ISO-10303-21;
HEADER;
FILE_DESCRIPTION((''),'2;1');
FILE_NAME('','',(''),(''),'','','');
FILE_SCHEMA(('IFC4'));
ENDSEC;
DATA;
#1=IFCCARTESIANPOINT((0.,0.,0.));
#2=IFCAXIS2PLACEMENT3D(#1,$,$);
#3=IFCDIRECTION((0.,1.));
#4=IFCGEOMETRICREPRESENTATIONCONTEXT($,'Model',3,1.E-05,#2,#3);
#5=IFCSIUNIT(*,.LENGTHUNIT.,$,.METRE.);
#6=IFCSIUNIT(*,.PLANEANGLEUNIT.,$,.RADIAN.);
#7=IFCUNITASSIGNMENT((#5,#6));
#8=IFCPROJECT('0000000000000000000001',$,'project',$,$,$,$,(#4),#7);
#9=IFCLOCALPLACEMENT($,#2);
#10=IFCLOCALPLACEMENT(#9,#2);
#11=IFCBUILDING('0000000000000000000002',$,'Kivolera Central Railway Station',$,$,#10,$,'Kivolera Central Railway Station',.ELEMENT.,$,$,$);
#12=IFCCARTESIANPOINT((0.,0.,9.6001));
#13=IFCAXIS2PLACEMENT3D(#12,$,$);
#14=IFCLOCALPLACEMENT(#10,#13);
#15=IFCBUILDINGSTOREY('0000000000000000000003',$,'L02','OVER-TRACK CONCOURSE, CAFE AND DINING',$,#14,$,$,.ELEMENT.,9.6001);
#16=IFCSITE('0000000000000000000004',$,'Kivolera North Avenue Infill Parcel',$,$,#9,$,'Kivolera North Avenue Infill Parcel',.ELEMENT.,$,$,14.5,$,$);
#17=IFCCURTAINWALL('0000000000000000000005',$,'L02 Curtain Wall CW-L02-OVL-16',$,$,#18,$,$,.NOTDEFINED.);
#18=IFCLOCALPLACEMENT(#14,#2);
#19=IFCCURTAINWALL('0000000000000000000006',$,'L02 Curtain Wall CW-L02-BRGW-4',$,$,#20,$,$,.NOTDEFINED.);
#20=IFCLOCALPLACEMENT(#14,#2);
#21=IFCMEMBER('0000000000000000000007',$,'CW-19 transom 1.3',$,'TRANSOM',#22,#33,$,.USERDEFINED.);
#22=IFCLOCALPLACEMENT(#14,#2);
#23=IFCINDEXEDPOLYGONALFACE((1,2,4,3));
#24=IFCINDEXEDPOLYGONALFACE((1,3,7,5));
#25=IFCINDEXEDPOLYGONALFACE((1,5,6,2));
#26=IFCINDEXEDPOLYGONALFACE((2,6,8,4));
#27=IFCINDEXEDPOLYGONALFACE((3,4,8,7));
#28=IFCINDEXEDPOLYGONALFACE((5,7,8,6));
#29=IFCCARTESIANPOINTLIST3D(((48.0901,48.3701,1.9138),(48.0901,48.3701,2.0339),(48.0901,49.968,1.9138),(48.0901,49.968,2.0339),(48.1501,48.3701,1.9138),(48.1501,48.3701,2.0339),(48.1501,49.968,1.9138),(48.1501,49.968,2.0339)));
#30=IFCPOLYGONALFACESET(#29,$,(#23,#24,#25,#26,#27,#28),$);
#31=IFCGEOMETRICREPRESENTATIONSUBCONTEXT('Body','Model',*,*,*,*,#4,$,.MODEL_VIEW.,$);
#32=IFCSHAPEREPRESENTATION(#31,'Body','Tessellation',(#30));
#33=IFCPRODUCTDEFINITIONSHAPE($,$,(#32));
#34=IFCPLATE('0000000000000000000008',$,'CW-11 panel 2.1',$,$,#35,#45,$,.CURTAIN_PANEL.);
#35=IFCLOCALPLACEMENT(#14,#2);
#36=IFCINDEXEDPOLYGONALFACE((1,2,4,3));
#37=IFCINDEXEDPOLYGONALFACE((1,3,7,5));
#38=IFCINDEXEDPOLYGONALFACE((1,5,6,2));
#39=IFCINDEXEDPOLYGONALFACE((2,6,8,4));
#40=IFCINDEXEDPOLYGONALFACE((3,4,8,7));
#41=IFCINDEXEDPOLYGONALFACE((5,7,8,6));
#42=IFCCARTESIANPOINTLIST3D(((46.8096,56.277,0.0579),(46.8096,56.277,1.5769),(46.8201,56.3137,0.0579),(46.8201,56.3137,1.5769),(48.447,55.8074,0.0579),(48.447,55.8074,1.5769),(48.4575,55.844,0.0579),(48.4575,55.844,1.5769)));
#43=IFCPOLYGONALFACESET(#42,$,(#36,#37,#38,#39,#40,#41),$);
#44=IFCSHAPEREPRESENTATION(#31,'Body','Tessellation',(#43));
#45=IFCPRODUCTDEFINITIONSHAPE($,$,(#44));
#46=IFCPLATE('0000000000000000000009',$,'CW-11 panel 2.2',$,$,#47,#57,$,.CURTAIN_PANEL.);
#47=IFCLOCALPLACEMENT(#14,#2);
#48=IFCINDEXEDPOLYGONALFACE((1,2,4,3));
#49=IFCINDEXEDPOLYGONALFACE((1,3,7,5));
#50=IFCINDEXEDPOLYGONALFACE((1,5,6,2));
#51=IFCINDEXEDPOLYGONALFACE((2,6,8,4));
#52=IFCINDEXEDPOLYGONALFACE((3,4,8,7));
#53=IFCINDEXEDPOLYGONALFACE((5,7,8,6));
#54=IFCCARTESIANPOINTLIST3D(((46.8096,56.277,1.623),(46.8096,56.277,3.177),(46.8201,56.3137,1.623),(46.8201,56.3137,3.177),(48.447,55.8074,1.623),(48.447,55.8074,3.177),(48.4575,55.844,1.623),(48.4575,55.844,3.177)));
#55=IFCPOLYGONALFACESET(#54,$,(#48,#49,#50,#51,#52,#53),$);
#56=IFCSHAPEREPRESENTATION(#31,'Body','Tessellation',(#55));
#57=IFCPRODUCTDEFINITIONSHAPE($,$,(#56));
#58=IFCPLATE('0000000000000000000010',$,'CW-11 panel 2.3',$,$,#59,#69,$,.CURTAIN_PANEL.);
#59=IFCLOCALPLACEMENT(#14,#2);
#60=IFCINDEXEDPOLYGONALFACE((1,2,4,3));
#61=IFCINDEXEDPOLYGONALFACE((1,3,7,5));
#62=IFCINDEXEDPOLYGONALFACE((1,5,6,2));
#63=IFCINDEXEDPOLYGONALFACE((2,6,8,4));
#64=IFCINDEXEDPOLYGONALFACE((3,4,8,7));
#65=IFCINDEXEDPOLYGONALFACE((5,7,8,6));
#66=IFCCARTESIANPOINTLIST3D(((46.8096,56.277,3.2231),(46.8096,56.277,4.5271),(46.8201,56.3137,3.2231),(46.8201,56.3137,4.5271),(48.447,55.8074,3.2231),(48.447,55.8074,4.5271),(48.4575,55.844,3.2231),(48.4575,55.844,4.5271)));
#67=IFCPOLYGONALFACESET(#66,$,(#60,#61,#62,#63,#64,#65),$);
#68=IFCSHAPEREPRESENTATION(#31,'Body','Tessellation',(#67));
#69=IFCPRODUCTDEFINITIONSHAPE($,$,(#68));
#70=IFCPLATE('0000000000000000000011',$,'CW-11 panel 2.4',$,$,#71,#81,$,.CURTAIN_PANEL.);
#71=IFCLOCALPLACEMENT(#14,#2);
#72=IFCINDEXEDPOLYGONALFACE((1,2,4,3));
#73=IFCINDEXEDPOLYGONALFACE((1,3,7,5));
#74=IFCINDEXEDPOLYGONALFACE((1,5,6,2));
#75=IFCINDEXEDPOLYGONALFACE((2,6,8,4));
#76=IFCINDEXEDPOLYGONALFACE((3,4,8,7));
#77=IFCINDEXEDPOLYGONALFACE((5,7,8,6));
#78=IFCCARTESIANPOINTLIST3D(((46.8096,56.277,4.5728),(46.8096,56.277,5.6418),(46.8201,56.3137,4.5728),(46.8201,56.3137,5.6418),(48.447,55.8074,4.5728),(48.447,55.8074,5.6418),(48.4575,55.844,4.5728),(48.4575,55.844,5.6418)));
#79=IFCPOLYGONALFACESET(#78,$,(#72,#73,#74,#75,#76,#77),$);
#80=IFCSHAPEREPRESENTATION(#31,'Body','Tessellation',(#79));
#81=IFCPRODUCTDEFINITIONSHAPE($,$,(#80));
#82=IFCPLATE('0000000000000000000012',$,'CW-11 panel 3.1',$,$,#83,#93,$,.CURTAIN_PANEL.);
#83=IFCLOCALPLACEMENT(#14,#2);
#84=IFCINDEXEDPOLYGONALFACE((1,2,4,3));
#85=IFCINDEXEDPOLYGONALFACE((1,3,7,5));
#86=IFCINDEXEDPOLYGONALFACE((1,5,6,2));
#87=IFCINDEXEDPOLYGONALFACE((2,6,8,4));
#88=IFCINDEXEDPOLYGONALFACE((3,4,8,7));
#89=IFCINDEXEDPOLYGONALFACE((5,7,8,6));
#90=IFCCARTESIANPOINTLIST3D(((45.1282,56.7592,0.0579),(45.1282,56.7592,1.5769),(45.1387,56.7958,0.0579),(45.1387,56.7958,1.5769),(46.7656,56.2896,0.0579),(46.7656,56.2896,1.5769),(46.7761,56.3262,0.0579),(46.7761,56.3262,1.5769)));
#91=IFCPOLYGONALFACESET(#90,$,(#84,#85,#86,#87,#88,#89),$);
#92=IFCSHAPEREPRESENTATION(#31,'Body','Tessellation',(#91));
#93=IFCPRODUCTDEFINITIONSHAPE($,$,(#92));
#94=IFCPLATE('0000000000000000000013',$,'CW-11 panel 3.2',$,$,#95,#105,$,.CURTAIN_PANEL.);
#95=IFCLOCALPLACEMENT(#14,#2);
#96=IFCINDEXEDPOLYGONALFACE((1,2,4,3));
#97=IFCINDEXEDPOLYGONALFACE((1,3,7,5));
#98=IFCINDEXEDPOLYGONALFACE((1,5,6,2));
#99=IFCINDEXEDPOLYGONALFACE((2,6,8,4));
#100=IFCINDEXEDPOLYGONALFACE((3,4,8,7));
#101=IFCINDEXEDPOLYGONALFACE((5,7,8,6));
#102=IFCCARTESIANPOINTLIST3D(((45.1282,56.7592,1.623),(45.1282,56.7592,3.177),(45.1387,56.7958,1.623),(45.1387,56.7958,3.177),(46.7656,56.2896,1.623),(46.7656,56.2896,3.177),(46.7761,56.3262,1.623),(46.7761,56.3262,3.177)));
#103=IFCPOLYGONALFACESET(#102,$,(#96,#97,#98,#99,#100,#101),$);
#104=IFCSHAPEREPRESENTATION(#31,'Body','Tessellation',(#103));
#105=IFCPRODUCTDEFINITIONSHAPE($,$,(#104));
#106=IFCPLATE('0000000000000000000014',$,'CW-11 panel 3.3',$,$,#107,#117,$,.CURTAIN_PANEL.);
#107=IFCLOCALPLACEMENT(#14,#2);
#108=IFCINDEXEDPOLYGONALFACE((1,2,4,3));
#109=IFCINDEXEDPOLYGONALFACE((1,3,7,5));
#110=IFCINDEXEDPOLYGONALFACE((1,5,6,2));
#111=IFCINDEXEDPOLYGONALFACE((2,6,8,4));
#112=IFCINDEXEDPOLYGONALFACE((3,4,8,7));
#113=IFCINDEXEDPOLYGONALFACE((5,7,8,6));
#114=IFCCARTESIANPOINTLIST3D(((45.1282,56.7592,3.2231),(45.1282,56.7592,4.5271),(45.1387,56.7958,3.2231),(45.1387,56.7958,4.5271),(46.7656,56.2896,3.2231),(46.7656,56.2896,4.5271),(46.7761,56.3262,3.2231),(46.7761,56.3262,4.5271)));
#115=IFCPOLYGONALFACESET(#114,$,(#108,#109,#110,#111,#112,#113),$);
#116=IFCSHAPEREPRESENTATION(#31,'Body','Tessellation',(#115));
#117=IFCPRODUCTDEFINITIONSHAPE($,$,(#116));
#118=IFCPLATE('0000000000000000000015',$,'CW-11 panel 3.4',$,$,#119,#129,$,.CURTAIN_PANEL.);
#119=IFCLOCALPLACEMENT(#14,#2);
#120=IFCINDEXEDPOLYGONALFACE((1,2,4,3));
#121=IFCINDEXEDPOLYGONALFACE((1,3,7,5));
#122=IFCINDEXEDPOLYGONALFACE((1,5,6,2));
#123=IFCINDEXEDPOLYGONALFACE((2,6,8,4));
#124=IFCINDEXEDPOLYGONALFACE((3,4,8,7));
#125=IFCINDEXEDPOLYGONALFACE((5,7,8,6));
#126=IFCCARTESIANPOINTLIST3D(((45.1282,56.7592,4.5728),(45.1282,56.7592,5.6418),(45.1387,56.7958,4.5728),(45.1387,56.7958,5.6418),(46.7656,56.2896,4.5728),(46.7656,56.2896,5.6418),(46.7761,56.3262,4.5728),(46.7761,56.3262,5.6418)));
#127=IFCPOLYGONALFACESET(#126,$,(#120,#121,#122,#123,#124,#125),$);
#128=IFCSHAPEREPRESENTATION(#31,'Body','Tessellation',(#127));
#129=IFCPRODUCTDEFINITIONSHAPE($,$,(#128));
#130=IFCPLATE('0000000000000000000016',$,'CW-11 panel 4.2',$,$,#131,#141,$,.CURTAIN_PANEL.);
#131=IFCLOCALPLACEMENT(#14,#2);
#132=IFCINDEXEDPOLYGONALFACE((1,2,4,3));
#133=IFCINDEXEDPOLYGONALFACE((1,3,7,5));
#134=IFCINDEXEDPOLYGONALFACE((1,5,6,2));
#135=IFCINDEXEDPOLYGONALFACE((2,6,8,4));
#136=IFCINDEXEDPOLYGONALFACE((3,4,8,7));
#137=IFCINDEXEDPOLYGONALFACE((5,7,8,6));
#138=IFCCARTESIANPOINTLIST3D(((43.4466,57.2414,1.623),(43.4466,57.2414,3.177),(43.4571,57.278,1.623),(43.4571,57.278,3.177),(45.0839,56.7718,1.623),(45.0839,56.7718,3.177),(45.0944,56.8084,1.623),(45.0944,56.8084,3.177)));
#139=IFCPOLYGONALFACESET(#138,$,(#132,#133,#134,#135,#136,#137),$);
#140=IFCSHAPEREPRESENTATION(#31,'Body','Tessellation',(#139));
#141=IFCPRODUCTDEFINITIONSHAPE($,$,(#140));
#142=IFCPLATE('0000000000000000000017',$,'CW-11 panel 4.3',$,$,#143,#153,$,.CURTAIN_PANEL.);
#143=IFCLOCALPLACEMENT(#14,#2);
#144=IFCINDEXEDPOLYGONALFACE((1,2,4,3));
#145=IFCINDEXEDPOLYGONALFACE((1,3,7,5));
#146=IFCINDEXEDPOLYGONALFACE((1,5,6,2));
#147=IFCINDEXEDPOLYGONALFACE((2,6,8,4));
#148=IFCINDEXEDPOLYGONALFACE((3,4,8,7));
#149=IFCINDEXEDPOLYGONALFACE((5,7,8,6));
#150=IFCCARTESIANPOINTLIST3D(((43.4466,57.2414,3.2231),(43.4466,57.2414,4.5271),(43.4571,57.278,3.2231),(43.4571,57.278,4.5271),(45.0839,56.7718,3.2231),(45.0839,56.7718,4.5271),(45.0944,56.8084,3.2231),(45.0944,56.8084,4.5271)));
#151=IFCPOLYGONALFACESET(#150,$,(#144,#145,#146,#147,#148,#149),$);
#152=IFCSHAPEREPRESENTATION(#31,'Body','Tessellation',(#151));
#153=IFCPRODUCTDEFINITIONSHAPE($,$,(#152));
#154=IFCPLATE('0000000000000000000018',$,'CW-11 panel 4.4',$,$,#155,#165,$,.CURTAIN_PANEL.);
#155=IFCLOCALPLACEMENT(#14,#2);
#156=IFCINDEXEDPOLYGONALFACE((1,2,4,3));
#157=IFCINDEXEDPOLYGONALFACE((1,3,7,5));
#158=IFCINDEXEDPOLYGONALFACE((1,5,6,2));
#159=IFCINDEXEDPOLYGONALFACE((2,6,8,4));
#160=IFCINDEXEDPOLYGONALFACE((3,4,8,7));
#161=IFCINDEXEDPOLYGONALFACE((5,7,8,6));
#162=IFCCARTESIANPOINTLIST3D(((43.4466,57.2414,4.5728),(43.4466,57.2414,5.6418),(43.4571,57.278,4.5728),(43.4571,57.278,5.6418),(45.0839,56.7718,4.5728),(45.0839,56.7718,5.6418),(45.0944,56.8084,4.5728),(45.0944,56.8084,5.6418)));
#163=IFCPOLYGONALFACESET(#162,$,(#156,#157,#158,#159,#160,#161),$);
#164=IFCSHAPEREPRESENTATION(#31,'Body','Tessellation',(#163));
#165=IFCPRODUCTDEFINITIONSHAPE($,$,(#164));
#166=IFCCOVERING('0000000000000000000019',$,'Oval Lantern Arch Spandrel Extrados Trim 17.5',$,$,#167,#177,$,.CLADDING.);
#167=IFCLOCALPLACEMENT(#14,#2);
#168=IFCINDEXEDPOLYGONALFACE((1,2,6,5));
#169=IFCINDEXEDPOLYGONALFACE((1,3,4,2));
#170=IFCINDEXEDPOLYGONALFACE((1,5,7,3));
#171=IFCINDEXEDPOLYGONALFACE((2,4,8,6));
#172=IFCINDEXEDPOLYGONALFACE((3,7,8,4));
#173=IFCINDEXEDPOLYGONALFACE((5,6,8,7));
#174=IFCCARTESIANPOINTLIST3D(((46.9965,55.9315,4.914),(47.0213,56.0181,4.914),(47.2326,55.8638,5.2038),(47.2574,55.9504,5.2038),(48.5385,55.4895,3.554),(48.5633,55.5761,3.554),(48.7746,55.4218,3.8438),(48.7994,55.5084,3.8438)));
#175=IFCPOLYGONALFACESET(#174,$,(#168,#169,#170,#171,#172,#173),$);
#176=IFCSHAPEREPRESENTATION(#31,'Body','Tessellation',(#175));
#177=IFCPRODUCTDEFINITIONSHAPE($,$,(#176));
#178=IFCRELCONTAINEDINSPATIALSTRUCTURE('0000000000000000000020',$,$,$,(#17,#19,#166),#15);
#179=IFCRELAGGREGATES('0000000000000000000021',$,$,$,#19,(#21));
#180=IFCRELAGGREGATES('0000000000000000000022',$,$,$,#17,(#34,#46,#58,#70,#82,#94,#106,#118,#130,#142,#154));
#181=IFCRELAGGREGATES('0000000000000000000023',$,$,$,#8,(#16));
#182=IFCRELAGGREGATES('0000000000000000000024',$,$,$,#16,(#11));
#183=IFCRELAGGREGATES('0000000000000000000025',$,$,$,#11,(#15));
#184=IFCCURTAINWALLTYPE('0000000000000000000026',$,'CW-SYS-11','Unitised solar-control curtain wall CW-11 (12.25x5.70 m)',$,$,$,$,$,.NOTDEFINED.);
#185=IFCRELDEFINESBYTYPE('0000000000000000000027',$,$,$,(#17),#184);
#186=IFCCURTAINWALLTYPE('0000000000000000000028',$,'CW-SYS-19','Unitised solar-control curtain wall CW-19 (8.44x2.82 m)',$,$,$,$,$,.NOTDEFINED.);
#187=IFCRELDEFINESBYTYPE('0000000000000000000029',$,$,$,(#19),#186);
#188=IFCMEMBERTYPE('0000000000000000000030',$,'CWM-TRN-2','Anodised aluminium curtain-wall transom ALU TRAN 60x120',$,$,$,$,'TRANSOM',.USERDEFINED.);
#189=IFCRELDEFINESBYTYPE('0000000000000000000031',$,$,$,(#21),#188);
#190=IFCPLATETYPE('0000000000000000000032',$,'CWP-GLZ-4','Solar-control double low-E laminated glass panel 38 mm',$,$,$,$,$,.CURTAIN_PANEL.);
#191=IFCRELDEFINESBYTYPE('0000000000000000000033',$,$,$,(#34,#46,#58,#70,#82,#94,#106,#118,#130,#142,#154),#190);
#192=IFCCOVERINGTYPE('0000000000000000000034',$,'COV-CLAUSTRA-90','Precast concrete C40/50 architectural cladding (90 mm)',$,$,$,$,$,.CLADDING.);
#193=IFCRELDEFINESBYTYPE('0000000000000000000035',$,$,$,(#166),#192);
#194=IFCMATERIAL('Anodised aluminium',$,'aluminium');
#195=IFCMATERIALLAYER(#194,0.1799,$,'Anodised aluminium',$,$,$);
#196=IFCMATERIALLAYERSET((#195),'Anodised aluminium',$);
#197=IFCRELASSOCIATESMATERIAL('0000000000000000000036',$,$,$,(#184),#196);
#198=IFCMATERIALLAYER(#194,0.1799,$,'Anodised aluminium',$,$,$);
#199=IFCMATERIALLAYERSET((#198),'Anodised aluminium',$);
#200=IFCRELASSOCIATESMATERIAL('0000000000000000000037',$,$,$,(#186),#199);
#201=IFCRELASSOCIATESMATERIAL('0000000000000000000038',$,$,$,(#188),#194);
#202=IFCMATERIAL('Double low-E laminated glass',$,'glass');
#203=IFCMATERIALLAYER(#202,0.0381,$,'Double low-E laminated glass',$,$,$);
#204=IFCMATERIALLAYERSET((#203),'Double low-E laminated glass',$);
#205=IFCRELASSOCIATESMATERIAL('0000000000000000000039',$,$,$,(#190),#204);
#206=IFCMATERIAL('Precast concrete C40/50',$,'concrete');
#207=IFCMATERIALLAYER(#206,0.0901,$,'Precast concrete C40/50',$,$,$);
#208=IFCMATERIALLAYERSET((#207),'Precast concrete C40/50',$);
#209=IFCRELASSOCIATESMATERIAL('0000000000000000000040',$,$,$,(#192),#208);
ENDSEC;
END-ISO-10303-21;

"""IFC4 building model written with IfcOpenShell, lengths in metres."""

from ifc_helpers import new_model, si_unit, direction, frame, origin, origin_2d, place, context, subcontext, project, spatial, rectangle, extrude, material, layer, layer_set, material_profile, profile_set, type_object, element, aggregate, save


model = new_model("IFC4")

# Units and contexts
model_context = context("Model", 3, precision=1e-05, world=origin(), true_north=direction((0.0, 1.0)))
body_context = subcontext(model_context, "Body", "Model", "MODEL_VIEW")
ifc_project = project(units=[si_unit("LENGTHUNIT", "METRE"), si_unit("PLANEANGLEUNIT", "RADIAN")], contexts=[model_context])

# Site, building, storey
site_placement = place(None, origin())
site = spatial("IfcSite", under=ifc_project, at=site_placement, Name="Kivolera North Avenue Infill Parcel", LongName="Kivolera North Avenue Infill Parcel", CompositionType="ELEMENT", RefElevation=14.5)
building_placement = place(site_placement, origin())
building = spatial("IfcBuilding", under=site, at=building_placement, Name="Kivolera Central Railway Station", LongName="Kivolera Central Railway Station", CompositionType="ELEMENT")
storey_placement = place(building_placement, frame((0.0, 0.0, 9.6001)))
storey = spatial("IfcBuildingStorey", under=building, at=storey_placement, Name="L02", Description="OVER-TRACK CONCOURSE, CAFE AND DINING", CompositionType="ELEMENT", Elevation=9.6001)

# Curtain wall
ifc_material_1 = material(Name="Anodised aluminium", Category="aluminium")
ifc_layer_1 = layer(ifc_material_1, 0.1799, Name="Anodised aluminium")
ifc_layer_set_1 = layer_set([ifc_layer_1], Name="Anodised aluminium")
curtain_wall_type_1 = type_object("IfcCurtainWallType", Name="CW-SYS-11", Description="Unitised solar-control curtain wall CW-11 (12.25x5.70 m)", PredefinedType="NOTDEFINED", material=ifc_layer_set_1)
curtain_wall_1_placement = place(storey_placement, origin())
curtain_wall_1 = element("IfcCurtainWall", 1, at=curtain_wall_1_placement, inside=storey, type_object=curtain_wall_type_1, Name="L02 Curtain Wall CW-L02-OVL-16", PredefinedType="NOTDEFINED")

# Curtain wall
ifc_layer_2 = layer(ifc_material_1, 0.1799, Name="Anodised aluminium")
ifc_layer_set_2 = layer_set([ifc_layer_2], Name="Anodised aluminium")
curtain_wall_type_2 = type_object("IfcCurtainWallType", Name="CW-SYS-19", Description="Unitised solar-control curtain wall CW-19 (8.44x2.82 m)", PredefinedType="NOTDEFINED", material=ifc_layer_set_2)
curtain_wall_2_placement = place(storey_placement, origin())
curtain_wall_2 = element("IfcCurtainWall", 2, at=curtain_wall_2_placement, inside=storey, type_object=curtain_wall_type_2, Name="L02 Curtain Wall CW-L02-BRGW-4", PredefinedType="NOTDEFINED")

# Member
ifc_material_profile_1 = material_profile(ifc_material_1, rectangle(XDim=0.0601, YDim=0.1201, at=origin_2d()), Name="ALU TRAN 60x120")
ifc_profile_set_1 = profile_set([ifc_material_profile_1], Name="Anodised aluminium")
member_type_1 = type_object("IfcMemberType", Name="CWM-TRN-2", Description="Anodised aluminium curtain-wall transom ALU TRAN 60x120", ElementType="TRANSOM", PredefinedType="USERDEFINED", material=ifc_profile_set_1)
member_1_placement = place(storey_placement, frame((48.1201, 48.3701, 1.9739), z_axis=(0.0, 1.0, 0.0), x_axis=(-1.0, 0.0, 0.0)))
member_1 = element("IfcMember", 3, at=member_1_placement, type_object=member_type_1, Name="CW-19 transom 1.3", ObjectType="TRANSOM", PredefinedType="USERDEFINED", context=body_context, shape_type="SweptSolid", body=[
    extrude(rectangle(XDim=0.0601, YDim=0.1201, at=origin_2d()), origin(), (0.0, 0.0, 1.0), 1.5979),
])
aggregate(curtain_wall_2, [member_1])

# Plates
ifc_material_2 = material(Name="Double low-E laminated glass", Category="glass")
ifc_layer_3 = layer(ifc_material_2, 0.0381, Name="Double low-E laminated glass")
ifc_layer_set_3 = layer_set([ifc_layer_3], Name="Double low-E laminated glass")
plate_type = type_object("IfcPlateType", Name="CWP-GLZ-4", Description="Solar-control double low-E laminated glass panel 38 mm", PredefinedType="CURTAIN_PANEL", material=ifc_layer_set_3)
plate_1_placement = place(storey_placement, frame((47.6335, 56.0605, 0.0579), z_axis=(0.0, 0.0, 1.0), x_axis=(-0.961246, 0.275692, 0.0)))
plate_1 = element("IfcPlate", 4, at=plate_1_placement, type_object=plate_type, Name="CW-11 panel 2.1", PredefinedType="CURTAIN_PANEL", context=body_context, shape_type="SweptSolid", body=[
    extrude(rectangle(XDim=1.7034, YDim=0.0381, at=origin_2d()), origin(), (0.0, 0.0, 1.0), 1.519),
])
plate_2_placement = place(storey_placement, frame((47.6335, 56.0605, 1.623), z_axis=(0.0, 0.0, 1.0), x_axis=(-0.961246, 0.275692, 0.0)))
plate_2 = element("IfcPlate", 5, at=plate_2_placement, type_object=plate_type, Name="CW-11 panel 2.2", PredefinedType="CURTAIN_PANEL", context=body_context, shape_type="SweptSolid", body=[
    extrude(rectangle(XDim=1.7034, YDim=0.0381, at=origin_2d()), origin(), (0.0, 0.0, 1.0), 1.554),
])
plate_3_placement = place(storey_placement, frame((47.6335, 56.0605, 3.2231), z_axis=(0.0, 0.0, 1.0), x_axis=(-0.961246, 0.275692, 0.0)))
plate_3 = element("IfcPlate", 6, at=plate_3_placement, type_object=plate_type, Name="CW-11 panel 2.3", PredefinedType="CURTAIN_PANEL", context=body_context, shape_type="SweptSolid", body=[
    extrude(rectangle(XDim=1.7034, YDim=0.0381, at=origin_2d()), origin(), (0.0, 0.0, 1.0), 1.304),
])
plate_4_placement = place(storey_placement, frame((47.6335, 56.0605, 4.5728), z_axis=(0.0, 0.0, 1.0), x_axis=(-0.961246, 0.275692, 0.0)))
plate_4 = element("IfcPlate", 7, at=plate_4_placement, type_object=plate_type, Name="CW-11 panel 2.4", PredefinedType="CURTAIN_PANEL", context=body_context, shape_type="SweptSolid", body=[
    extrude(rectangle(XDim=1.7034, YDim=0.0381, at=origin_2d()), origin(), (0.0, 0.0, 1.0), 1.0691),
])
plate_5_placement = place(storey_placement, frame((45.9521, 56.5427, 0.0579), z_axis=(0.0, 0.0, 1.0), x_axis=(-0.961246, 0.275692, 0.0)))
plate_5 = element("IfcPlate", 8, at=plate_5_placement, type_object=plate_type, Name="CW-11 panel 3.1", PredefinedType="CURTAIN_PANEL", context=body_context, shape_type="SweptSolid", body=[
    extrude(rectangle(XDim=1.7034, YDim=0.0381, at=origin_2d()), origin(), (0.0, 0.0, 1.0), 1.519),
])
plate_6_placement = place(storey_placement, frame((45.9521, 56.5427, 1.623), z_axis=(0.0, 0.0, 1.0), x_axis=(-0.961246, 0.275692, 0.0)))
plate_6 = element("IfcPlate", 9, at=plate_6_placement, type_object=plate_type, Name="CW-11 panel 3.2", PredefinedType="CURTAIN_PANEL", context=body_context, shape_type="SweptSolid", body=[
    extrude(rectangle(XDim=1.7034, YDim=0.0381, at=origin_2d()), origin(), (0.0, 0.0, 1.0), 1.554),
])
plate_7_placement = place(storey_placement, frame((45.9521, 56.5427, 3.2231), z_axis=(0.0, 0.0, 1.0), x_axis=(-0.961246, 0.275692, 0.0)))
plate_7 = element("IfcPlate", 10, at=plate_7_placement, type_object=plate_type, Name="CW-11 panel 3.3", PredefinedType="CURTAIN_PANEL", context=body_context, shape_type="SweptSolid", body=[
    extrude(rectangle(XDim=1.7034, YDim=0.0381, at=origin_2d()), origin(), (0.0, 0.0, 1.0), 1.304),
])
plate_8_placement = place(storey_placement, frame((45.9521, 56.5427, 4.5728), z_axis=(0.0, 0.0, 1.0), x_axis=(-0.961246, 0.275692, 0.0)))
plate_8 = element("IfcPlate", 11, at=plate_8_placement, type_object=plate_type, Name="CW-11 panel 3.4", PredefinedType="CURTAIN_PANEL", context=body_context, shape_type="SweptSolid", body=[
    extrude(rectangle(XDim=1.7034, YDim=0.0381, at=origin_2d()), origin(), (0.0, 0.0, 1.0), 1.0691),
])
plate_9_placement = place(storey_placement, frame((44.2705, 57.0249, 1.623), z_axis=(0.0, 0.0, 1.0), x_axis=(-0.961246, 0.275692, 0.0)))
plate_9 = element("IfcPlate", 12, at=plate_9_placement, type_object=plate_type, Name="CW-11 panel 4.2", PredefinedType="CURTAIN_PANEL", context=body_context, shape_type="SweptSolid", body=[
    extrude(rectangle(XDim=1.7034, YDim=0.0381, at=origin_2d()), origin(), (0.0, 0.0, 1.0), 1.554),
])
plate_10_placement = place(storey_placement, frame((44.2705, 57.0249, 3.2231), z_axis=(0.0, 0.0, 1.0), x_axis=(-0.961246, 0.275692, 0.0)))
plate_10 = element("IfcPlate", 13, at=plate_10_placement, type_object=plate_type, Name="CW-11 panel 4.3", PredefinedType="CURTAIN_PANEL", context=body_context, shape_type="SweptSolid", body=[
    extrude(rectangle(XDim=1.7034, YDim=0.0381, at=origin_2d()), origin(), (0.0, 0.0, 1.0), 1.304),
])
plate_11_placement = place(storey_placement, frame((44.2705, 57.0249, 4.5728), z_axis=(0.0, 0.0, 1.0), x_axis=(-0.961246, 0.275692, 0.0)))
plate_11 = element("IfcPlate", 14, at=plate_11_placement, type_object=plate_type, Name="CW-11 panel 4.4", PredefinedType="CURTAIN_PANEL", context=body_context, shape_type="SweptSolid", body=[
    extrude(rectangle(XDim=1.7034, YDim=0.0381, at=origin_2d()), origin(), (0.0, 0.0, 1.0), 1.0691),
])
aggregate(curtain_wall_1, [plate_1, plate_2, plate_3, plate_4, plate_5, plate_6, plate_7, plate_8, plate_9, plate_10, plate_11])

# Covering
ifc_material_3 = material(Name="Precast concrete C40/50", Category="concrete")
ifc_layer_4 = layer(ifc_material_3, 0.0901, Name="Precast concrete C40/50")
ifc_layer_set_4 = layer_set([ifc_layer_4], Name="Precast concrete C40/50")
covering_type = type_object("IfcCoveringType", Name="COV-CLAUSTRA-90", Description="Precast concrete C40/50 architectural cladding (90 mm)", PredefinedType="CLADDING", material=ifc_layer_set_4)
covering_placement = place(storey_placement, frame((47.8979, 55.72, 4.3789), z_axis=(0.733228, -0.210173, -0.646686), x_axis=(-0.275632, -0.961263, 0.0)))
element("IfcCovering", 15, at=covering_placement, inside=storey, type_object=covering_type, Name="Oval Lantern Arch Spandrel Extrados Trim 17.5", PredefinedType="CLADDING", context=body_context, shape_type="SweptSolid", body=[
    extrude(rectangle(XDim=0.0901, YDim=0.3799, at=origin_2d()), frame((0.0, 0.0, -1.0515)), (0.0, 0.0, 1.0), 2.103),
])

save(model, "model.ifc")
